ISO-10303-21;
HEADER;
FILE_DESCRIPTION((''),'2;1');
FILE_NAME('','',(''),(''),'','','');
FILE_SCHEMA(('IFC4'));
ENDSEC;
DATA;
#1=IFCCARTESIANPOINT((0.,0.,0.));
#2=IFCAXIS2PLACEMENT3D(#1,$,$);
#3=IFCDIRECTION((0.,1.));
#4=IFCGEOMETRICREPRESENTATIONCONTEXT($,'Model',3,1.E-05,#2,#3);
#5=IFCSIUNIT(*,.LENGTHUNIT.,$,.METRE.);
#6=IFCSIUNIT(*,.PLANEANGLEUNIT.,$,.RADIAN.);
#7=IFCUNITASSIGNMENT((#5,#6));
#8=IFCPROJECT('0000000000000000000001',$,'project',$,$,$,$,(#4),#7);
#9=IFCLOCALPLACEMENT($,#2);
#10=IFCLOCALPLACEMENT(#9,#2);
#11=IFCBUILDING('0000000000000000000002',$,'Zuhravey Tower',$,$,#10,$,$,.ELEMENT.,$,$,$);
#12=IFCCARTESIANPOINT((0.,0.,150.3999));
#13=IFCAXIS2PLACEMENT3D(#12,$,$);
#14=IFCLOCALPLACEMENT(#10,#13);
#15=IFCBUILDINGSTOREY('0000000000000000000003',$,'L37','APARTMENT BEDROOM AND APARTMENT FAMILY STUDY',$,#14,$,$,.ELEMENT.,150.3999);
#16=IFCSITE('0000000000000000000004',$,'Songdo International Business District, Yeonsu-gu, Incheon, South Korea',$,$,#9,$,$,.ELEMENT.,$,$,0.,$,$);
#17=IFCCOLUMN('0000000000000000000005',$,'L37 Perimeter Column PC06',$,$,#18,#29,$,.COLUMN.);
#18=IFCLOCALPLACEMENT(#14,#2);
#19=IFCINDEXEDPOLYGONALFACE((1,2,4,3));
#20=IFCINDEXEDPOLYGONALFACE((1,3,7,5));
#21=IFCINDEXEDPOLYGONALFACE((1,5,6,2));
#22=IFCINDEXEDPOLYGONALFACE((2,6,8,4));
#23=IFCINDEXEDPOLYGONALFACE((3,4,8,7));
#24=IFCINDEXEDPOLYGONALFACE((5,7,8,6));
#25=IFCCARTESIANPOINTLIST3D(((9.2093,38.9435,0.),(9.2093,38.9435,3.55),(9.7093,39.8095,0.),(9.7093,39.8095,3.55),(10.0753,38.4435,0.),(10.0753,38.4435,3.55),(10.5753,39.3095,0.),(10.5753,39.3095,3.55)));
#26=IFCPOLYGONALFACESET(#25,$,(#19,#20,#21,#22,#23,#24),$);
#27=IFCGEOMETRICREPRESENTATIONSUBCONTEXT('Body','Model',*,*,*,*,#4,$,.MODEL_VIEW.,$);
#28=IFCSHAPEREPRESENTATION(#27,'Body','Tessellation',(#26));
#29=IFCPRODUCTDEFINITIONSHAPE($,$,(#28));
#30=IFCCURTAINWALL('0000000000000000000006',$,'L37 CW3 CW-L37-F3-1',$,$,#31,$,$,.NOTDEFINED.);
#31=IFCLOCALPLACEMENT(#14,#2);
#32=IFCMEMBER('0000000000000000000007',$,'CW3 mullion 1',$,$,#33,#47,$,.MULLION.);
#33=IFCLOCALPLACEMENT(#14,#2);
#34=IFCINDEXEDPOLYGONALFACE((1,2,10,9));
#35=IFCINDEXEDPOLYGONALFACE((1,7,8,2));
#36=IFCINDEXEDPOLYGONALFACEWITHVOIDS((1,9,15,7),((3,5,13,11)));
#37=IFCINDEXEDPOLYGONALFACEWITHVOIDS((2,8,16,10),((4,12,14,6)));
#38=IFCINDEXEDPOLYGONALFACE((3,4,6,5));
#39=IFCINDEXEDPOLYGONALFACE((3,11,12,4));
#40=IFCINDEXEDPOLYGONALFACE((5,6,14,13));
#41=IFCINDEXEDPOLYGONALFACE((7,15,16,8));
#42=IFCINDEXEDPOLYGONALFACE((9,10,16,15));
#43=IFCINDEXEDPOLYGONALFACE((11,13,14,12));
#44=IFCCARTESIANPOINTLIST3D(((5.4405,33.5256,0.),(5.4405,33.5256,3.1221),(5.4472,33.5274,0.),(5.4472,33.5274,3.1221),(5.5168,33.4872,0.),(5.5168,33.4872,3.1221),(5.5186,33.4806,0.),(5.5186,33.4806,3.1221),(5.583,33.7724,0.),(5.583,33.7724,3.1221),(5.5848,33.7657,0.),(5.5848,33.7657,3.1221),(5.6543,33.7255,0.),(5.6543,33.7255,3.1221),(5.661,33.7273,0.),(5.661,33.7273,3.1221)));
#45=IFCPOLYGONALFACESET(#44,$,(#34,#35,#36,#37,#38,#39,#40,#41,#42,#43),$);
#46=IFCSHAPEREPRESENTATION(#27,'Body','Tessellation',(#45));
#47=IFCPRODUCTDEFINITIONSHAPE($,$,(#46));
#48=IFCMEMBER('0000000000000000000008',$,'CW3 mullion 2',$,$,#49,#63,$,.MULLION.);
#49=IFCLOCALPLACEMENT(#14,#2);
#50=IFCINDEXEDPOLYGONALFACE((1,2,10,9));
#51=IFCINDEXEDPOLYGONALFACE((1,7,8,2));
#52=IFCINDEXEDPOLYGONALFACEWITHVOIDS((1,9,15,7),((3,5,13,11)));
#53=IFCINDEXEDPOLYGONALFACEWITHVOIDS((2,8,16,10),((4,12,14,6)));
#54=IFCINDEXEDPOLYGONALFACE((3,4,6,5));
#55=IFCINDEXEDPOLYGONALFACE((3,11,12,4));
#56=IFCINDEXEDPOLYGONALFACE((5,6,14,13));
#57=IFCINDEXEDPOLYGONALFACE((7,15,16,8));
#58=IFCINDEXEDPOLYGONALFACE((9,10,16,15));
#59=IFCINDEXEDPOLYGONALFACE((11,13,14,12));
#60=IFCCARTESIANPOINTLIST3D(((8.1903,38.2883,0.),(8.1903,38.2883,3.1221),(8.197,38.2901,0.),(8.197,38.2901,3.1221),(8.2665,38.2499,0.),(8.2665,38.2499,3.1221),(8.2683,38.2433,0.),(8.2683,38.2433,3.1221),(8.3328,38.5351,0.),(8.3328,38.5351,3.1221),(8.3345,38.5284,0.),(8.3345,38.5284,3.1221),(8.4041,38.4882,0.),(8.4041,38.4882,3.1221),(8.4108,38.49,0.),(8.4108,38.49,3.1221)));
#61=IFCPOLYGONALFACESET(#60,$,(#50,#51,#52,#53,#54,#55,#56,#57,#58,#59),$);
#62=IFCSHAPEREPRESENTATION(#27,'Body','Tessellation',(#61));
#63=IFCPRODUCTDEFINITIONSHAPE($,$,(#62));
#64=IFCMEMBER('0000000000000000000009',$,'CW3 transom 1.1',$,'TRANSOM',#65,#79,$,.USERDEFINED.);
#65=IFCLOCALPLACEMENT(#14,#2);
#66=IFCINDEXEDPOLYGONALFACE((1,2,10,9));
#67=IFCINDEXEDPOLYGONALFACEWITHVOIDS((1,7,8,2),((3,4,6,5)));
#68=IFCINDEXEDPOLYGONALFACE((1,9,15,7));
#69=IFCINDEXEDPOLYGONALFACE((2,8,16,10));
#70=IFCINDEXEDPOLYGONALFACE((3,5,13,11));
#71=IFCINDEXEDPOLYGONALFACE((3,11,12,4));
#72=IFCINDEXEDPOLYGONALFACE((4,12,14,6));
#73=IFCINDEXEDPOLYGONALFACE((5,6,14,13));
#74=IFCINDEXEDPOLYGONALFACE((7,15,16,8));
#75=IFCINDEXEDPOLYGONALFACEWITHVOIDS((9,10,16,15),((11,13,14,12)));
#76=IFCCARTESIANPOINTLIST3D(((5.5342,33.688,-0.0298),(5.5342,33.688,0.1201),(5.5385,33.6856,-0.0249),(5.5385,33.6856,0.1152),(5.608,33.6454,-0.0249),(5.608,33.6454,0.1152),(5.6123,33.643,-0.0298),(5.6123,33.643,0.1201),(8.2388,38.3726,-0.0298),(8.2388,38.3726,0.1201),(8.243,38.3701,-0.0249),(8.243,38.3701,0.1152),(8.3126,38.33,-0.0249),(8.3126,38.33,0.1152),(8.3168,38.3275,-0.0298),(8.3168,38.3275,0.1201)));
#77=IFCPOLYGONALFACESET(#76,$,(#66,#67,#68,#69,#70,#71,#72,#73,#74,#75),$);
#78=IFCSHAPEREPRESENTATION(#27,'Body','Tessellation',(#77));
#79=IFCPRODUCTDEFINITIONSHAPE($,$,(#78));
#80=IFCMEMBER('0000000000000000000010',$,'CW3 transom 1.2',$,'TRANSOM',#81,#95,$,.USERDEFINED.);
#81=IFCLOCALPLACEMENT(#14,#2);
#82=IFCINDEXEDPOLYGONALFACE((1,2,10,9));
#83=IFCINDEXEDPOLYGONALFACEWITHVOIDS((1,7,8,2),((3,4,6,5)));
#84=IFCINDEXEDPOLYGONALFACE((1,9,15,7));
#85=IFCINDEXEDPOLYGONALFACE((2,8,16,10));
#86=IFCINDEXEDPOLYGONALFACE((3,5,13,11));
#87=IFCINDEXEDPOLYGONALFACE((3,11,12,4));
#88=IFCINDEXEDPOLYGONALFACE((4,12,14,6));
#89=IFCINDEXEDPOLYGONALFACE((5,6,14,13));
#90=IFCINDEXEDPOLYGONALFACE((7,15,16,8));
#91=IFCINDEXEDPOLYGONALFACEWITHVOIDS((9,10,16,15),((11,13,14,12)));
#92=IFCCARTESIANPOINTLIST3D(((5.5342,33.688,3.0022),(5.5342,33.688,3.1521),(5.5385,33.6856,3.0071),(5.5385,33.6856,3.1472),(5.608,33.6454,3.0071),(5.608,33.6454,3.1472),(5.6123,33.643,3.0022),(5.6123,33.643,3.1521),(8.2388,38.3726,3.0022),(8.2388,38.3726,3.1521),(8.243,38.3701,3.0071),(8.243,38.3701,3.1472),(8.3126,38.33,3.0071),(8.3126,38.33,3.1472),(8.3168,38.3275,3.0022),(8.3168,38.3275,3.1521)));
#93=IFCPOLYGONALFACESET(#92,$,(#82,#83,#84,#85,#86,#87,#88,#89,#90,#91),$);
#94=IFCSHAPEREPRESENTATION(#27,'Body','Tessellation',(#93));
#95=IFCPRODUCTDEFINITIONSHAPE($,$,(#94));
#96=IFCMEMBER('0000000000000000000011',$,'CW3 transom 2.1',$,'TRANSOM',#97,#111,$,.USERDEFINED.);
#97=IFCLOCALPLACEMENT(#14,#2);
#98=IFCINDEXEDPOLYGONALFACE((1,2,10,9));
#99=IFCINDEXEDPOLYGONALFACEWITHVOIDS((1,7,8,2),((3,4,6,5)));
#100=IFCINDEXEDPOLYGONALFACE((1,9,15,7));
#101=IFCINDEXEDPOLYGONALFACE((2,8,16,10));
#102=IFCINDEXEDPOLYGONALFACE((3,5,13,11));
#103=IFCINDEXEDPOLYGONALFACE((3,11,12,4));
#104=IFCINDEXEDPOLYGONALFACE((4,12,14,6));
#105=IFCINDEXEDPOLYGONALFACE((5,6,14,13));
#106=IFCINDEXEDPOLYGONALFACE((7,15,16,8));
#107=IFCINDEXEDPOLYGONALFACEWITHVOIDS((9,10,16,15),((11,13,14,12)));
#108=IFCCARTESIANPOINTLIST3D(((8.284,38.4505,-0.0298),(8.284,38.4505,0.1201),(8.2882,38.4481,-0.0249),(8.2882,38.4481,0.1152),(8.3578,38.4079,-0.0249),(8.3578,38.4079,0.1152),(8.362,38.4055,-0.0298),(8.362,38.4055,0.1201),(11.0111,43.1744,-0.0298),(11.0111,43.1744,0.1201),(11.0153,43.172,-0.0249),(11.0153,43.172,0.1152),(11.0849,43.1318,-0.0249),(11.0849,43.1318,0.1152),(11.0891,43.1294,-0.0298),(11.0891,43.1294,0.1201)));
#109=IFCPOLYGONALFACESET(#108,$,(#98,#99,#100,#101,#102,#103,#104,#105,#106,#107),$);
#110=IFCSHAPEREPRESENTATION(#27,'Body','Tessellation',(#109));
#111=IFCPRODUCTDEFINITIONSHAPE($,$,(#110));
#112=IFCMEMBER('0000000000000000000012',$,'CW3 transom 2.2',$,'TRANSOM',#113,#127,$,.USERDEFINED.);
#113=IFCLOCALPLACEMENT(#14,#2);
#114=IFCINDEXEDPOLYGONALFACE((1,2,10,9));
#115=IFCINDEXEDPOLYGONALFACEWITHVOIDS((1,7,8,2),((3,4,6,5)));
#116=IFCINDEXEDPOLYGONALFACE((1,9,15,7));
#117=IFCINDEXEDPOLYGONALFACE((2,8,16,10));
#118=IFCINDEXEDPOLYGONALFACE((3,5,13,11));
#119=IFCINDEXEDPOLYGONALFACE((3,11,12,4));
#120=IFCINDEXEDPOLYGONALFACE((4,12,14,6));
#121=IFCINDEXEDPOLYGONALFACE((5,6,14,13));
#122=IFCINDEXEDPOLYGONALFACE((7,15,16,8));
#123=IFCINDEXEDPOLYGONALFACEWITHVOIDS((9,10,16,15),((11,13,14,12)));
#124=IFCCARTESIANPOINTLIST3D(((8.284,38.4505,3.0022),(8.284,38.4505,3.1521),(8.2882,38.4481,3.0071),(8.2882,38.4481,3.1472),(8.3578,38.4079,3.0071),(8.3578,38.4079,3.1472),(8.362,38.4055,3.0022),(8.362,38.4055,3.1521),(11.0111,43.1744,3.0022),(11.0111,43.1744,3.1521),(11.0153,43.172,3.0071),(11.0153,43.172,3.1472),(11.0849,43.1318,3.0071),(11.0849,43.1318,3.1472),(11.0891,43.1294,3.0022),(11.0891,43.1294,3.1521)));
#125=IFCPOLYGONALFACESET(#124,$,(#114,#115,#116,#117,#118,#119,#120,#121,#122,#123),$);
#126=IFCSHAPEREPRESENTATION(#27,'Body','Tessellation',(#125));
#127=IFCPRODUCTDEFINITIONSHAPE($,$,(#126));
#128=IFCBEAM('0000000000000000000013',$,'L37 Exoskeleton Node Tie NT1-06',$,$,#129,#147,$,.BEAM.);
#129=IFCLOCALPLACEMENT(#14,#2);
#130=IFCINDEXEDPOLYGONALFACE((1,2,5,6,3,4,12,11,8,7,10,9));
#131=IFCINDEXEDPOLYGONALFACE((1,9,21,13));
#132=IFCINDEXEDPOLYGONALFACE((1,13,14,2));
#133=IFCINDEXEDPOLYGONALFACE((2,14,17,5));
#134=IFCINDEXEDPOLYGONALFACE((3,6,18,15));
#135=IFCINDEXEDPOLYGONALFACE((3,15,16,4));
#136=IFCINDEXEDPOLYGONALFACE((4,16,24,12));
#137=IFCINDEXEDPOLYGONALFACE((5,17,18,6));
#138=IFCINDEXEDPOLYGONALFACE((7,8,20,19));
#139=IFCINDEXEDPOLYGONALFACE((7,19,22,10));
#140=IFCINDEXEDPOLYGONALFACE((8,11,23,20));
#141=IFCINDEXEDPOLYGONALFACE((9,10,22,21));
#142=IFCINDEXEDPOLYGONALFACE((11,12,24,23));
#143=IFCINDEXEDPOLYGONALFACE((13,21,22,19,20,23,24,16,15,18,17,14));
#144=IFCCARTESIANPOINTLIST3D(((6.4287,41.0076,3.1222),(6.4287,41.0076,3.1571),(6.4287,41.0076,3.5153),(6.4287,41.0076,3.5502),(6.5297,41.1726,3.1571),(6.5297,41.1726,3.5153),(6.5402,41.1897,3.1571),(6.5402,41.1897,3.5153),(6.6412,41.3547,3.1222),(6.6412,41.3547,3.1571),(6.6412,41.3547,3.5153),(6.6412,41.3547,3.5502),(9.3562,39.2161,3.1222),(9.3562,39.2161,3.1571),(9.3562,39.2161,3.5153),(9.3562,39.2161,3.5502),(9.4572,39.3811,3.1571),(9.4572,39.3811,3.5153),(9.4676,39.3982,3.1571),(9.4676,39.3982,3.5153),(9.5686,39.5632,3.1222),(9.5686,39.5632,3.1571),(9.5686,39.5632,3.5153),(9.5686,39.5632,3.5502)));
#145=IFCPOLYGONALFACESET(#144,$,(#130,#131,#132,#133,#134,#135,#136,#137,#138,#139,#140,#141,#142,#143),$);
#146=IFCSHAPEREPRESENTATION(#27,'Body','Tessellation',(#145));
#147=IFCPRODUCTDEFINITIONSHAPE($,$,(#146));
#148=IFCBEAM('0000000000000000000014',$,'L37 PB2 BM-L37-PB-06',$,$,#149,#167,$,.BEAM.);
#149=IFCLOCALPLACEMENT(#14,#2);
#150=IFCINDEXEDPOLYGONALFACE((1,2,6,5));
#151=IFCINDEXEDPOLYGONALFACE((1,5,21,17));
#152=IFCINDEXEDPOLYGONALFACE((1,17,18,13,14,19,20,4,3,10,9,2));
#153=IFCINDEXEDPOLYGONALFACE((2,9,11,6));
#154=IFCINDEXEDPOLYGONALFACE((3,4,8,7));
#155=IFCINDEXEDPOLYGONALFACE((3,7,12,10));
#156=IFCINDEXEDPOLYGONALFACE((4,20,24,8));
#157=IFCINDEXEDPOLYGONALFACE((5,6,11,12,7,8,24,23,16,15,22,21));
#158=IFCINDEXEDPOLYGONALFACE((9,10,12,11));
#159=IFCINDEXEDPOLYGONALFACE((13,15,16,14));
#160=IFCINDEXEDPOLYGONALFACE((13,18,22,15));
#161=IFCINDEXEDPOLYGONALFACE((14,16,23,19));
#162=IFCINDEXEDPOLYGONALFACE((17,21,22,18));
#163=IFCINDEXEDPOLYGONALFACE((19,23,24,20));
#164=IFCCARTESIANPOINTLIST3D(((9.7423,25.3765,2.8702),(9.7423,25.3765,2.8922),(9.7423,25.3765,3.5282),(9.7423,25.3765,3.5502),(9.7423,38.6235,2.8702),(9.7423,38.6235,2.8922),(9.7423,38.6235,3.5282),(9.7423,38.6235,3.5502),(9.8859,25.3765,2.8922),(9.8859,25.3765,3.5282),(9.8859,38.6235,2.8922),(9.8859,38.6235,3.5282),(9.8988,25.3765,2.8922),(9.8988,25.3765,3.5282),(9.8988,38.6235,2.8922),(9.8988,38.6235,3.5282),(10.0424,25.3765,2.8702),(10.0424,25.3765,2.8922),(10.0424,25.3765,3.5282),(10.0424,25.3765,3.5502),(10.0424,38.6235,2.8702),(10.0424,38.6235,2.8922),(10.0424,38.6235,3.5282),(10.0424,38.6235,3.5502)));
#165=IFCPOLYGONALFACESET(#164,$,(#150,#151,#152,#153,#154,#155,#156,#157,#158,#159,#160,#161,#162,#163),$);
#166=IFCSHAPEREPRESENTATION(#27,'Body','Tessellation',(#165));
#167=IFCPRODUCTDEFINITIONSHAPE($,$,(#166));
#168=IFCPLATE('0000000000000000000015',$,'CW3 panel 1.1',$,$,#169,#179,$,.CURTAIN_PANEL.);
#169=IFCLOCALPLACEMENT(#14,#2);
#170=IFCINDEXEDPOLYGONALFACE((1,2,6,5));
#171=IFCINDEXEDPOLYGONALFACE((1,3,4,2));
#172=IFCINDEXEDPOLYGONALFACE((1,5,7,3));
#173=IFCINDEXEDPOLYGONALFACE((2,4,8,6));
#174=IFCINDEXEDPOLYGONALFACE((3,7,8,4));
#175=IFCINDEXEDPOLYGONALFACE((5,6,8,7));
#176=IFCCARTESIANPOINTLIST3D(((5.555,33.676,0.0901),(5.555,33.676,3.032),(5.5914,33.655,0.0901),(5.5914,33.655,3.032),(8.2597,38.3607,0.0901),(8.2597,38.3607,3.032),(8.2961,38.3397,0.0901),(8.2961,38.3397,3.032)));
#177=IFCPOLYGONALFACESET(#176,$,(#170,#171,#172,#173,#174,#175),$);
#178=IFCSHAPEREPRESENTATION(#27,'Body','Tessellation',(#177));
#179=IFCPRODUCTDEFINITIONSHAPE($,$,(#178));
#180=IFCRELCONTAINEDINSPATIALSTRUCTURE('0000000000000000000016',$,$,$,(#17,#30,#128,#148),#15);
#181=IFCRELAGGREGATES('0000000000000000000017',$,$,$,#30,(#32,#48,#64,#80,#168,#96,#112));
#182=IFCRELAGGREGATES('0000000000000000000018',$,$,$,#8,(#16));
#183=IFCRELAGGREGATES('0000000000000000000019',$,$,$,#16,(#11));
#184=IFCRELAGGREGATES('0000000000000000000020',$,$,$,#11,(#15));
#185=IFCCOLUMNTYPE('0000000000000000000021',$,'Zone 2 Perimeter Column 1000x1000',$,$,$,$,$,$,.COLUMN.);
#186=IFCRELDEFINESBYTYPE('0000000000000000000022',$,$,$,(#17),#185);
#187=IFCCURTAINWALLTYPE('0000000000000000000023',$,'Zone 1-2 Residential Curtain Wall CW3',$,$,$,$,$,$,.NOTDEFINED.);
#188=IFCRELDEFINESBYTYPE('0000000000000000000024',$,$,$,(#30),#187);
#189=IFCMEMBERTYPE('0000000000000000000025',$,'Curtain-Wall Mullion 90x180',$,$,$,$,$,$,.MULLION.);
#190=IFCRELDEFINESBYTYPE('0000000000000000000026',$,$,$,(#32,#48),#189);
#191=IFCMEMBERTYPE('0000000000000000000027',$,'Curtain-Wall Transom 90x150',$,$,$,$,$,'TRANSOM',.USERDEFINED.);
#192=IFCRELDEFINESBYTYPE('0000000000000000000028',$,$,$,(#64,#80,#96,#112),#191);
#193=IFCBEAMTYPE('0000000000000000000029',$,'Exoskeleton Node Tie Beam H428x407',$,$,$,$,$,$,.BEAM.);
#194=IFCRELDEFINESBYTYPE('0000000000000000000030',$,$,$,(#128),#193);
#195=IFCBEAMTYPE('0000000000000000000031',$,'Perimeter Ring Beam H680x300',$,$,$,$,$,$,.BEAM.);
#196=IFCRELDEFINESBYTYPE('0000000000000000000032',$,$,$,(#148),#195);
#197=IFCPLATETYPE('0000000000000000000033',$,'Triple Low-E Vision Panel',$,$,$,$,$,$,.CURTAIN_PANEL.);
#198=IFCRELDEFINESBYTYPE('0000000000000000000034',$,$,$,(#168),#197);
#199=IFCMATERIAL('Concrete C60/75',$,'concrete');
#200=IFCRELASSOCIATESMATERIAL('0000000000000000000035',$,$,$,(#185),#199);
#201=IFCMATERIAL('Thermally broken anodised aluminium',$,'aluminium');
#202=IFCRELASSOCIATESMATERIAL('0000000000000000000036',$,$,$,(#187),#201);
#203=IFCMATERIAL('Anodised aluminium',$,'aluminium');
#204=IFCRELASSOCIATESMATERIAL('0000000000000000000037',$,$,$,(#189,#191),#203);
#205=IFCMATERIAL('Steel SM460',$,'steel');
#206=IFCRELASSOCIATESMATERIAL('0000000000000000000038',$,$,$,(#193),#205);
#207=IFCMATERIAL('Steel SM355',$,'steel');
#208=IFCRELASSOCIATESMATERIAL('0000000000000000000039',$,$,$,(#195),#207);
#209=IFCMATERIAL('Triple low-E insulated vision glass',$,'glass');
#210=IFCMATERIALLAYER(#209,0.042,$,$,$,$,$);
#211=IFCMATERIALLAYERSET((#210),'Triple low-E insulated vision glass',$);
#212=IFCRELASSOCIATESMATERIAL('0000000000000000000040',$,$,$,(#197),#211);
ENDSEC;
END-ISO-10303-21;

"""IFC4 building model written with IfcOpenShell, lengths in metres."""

from ifc_helpers import new_model, si_unit, direction, frame, origin, origin_2d, place, context, subcontext, project, spatial, rectangle, hollow_rectangle, i_section, extrude, material, layer, layer_set, material_profile, profile_set, type_object, element, aggregate, save


model = new_model("IFC4")

# Units and contexts
model_context = context("Model", 3, precision=1e-05, world=origin(), true_north=direction((0.0, 1.0)))
body_context = subcontext(model_context, "Body", "Model", "MODEL_VIEW")
ifc_project = project(units=[si_unit("LENGTHUNIT", "METRE"), si_unit("PLANEANGLEUNIT", "RADIAN")], contexts=[model_context])

# Site, building, storey
site_placement = place(None, origin())
site = spatial("IfcSite", under=ifc_project, at=site_placement, Name="Songdo International Business District, Yeonsu-gu, Incheon, South Korea", CompositionType="ELEMENT", RefElevation=0.0)
building_placement = place(site_placement, origin())
building = spatial("IfcBuilding", under=site, at=building_placement, Name="Zuhravey Tower", CompositionType="ELEMENT")
storey_placement = place(building_placement, frame((0.0, 0.0, 150.3999)))
storey = spatial("IfcBuildingStorey", under=building, at=storey_placement, Name="L37", Description="APARTMENT BEDROOM AND APARTMENT FAMILY STUDY", CompositionType="ELEMENT", Elevation=150.3999)

# Column
ifc_material_1 = material(Name="Concrete C60/75", Category="concrete")
ifc_material_profile_1 = material_profile(ifc_material_1, rectangle(XDim=1.0, YDim=1.0, at=origin_2d()), Name="RC-1000x1000")
ifc_profile_set_1 = profile_set([ifc_material_profile_1], Name="Concrete C60/75")
column_type = type_object("IfcColumnType", Name="Zone 2 Perimeter Column 1000x1000", PredefinedType="COLUMN", material=ifc_profile_set_1)
column_placement = place(storey_placement, frame((9.8923, 39.1265, 0.0), z_axis=(0.0, 0.0, 1.0), x_axis=(-0.5, -0.866025, 0.0)))
element("IfcColumn", 1, at=column_placement, inside=storey, type_object=column_type, Name="L37 Perimeter Column PC06", PredefinedType="COLUMN", context=body_context, shape_type="SweptSolid", body=[
    extrude(rectangle(XDim=1.0, YDim=1.0, at=origin_2d()), origin(), (0.0, 0.0, 1.0), 3.55),
])

# Curtain wall, members
ifc_material_2 = material(Name="Thermally broken anodised aluminium", Category="aluminium")
curtain_wall_type = type_object("IfcCurtainWallType", Name="Zone 1-2 Residential Curtain Wall CW3", PredefinedType="NOTDEFINED", material=ifc_material_2)
curtain_wall_placement = place(storey_placement, origin())
curtain_wall = element("IfcCurtainWall", 2, at=curtain_wall_placement, inside=storey, type_object=curtain_wall_type, Name="L37 CW3 CW-L37-F3-1", PredefinedType="NOTDEFINED")
ifc_material_3 = material(Name="Anodised aluminium", Category="aluminium")
ifc_material_profile_2 = material_profile(ifc_material_3, hollow_rectangle(XDim=0.0901, YDim=0.2849, WallThickness=0.0049, at=origin_2d()), Name="ALU-RHS-90x285x5")
ifc_profile_set_2 = profile_set([ifc_material_profile_2], Name="Anodised aluminium")
member_type_1 = type_object("IfcMemberType", Name="Curtain-Wall Mullion 90x180", PredefinedType="MULLION", material=ifc_profile_set_2)
member_1_placement = place(storey_placement, frame((5.5508, 33.6265, 0.0), z_axis=(0.0, 0.0, 1.0), x_axis=(-0.866025, 0.5, 0.0)))
member_1 = element("IfcMember", 3, at=member_1_placement, type_object=member_type_1, Name="CW3 mullion 1", PredefinedType="MULLION", context=body_context, shape_type="SweptSolid", body=[
    extrude(hollow_rectangle(XDim=0.0901, YDim=0.2849, WallThickness=0.0049, at=origin_2d()), origin(), (0.0, 0.0, 1.0), 3.1221),
])
member_2_placement = place(storey_placement, frame((8.3005, 38.3892, 0.0), z_axis=(0.0, 0.0, 1.0), x_axis=(-0.866025, 0.5, 0.0)))
member_2 = element("IfcMember", 4, at=member_2_placement, type_object=member_type_1, Name="CW3 mullion 2", PredefinedType="MULLION", context=body_context, shape_type="SweptSolid", body=[
    extrude(hollow_rectangle(XDim=0.0901, YDim=0.2849, WallThickness=0.0049, at=origin_2d()), origin(), (0.0, 0.0, 1.0), 3.1221),
])
ifc_material_profile_3 = material_profile(ifc_material_3, hollow_rectangle(XDim=0.0901, YDim=0.1499, WallThickness=0.0049, at=origin_2d()), Name="ALU-RHS-90x150x5")
ifc_profile_set_3 = profile_set([ifc_material_profile_3], Name="Anodised aluminium")
member_type_2 = type_object("IfcMemberType", Name="Curtain-Wall Transom 90x150", ElementType="TRANSOM", PredefinedType="USERDEFINED", material=ifc_profile_set_3)
member_3_placement = place(storey_placement, frame((5.5732, 33.6655, 0.0452), z_axis=(0.499993, 0.866029, 0.0), x_axis=(-0.866029, 0.499993, 0.0)))
member_3 = element("IfcMember", 5, at=member_3_placement, type_object=member_type_2, Name="CW3 transom 1.1", ObjectType="TRANSOM", PredefinedType="USERDEFINED", context=body_context, shape_type="SweptSolid", body=[
    extrude(hollow_rectangle(XDim=0.0901, YDim=0.1499, WallThickness=0.0049, at=origin_2d()), origin(), (0.0, 0.0, 1.0), 5.4092),
])
member_4_placement = place(storey_placement, frame((5.5732, 33.6655, 3.0771), z_axis=(0.499993, 0.866029, 0.0), x_axis=(-0.866029, 0.499993, 0.0)))
member_4 = element("IfcMember", 6, at=member_4_placement, type_object=member_type_2, Name="CW3 transom 1.2", ObjectType="TRANSOM", PredefinedType="USERDEFINED", context=body_context, shape_type="SweptSolid", body=[
    extrude(hollow_rectangle(XDim=0.0901, YDim=0.1499, WallThickness=0.0049, at=origin_2d()), origin(), (0.0, 0.0, 1.0), 5.4092),
])
member_5_placement = place(storey_placement, frame((8.323, 38.428, 0.0452), z_axis=(0.499961, 0.866048, 0.0), x_axis=(-0.866048, 0.499961, 0.0)))
member_5 = element("IfcMember", 7, at=member_5_placement, type_object=member_type_2, Name="CW3 transom 2.1", ObjectType="TRANSOM", PredefinedType="USERDEFINED", context=body_context, shape_type="SweptSolid", body=[
    extrude(hollow_rectangle(XDim=0.0901, YDim=0.1499, WallThickness=0.0049, at=origin_2d()), origin(), (0.0, 0.0, 1.0), 5.4546),
])
member_6_placement = place(storey_placement, frame((8.323, 38.428, 3.0771), z_axis=(0.499961, 0.866048, 0.0), x_axis=(-0.866048, 0.499961, 0.0)))
member_6 = element("IfcMember", 8, at=member_6_placement, type_object=member_type_2, Name="CW3 transom 2.2", ObjectType="TRANSOM", PredefinedType="USERDEFINED", context=body_context, shape_type="SweptSolid", body=[
    extrude(hollow_rectangle(XDim=0.0901, YDim=0.1499, WallThickness=0.0049, at=origin_2d()), origin(), (0.0, 0.0, 1.0), 5.4546),
])

# Beams
ifc_material_4 = material(Name="Steel SM460", Category="steel")
ifc_material_profile_4 = material_profile(ifc_material_4, i_section(OverallWidth=0.407, OverallDepth=0.428, WebThickness=0.02, FlangeThickness=0.0349, at=origin_2d()), Name="H-428x407x20x35")
ifc_profile_set_4 = profile_set([ifc_material_profile_4], Name="Steel SM460")
beam_type_1 = type_object("IfcBeamType", Name="Exoskeleton Node Tie Beam H428x407", PredefinedType="BEAM", material=ifc_profile_set_4)
beam_1_placement = place(storey_placement, frame((9.4624, 39.3896, 3.3362), z_axis=(-0.85296, 0.521976, 0.0), x_axis=(-0.521976, -0.85296, 0.0)))
element("IfcBeam", 9, at=beam_1_placement, inside=storey, type_object=beam_type_1, Name="L37 Exoskeleton Node Tie NT1-06", PredefinedType="BEAM", context=body_context, shape_type="SweptSolid", body=[
    extrude(i_section(OverallWidth=0.407, OverallDepth=0.428, WebThickness=0.02, FlangeThickness=0.0349, at=origin_2d()), origin(), (0.0, 0.0, 1.0), 3.4321),
])
ifc_material_5 = material(Name="Steel SM355", Category="steel")
ifc_material_profile_5 = material_profile(ifc_material_5, i_section(OverallWidth=0.3, OverallDepth=0.6799, WebThickness=0.0129, FlangeThickness=0.022, at=origin_2d()), Name="H-680x300x13x22")
ifc_profile_set_5 = profile_set([ifc_material_profile_5], Name="Steel SM355")
beam_type_2 = type_object("IfcBeamType", Name="Perimeter Ring Beam H680x300", PredefinedType="BEAM", material=ifc_profile_set_5)
beam_2_placement = place(storey_placement, frame((9.8923, 38.6235, 3.2102), z_axis=(0.0, -1.0, 0.0), x_axis=(1.0, 0.0, 0.0)))
element("IfcBeam", 10, at=beam_2_placement, inside=storey, type_object=beam_type_2, Name="L37 PB2 BM-L37-PB-06", PredefinedType="BEAM", context=body_context, shape_type="SweptSolid", body=[
    extrude(i_section(OverallWidth=0.3, OverallDepth=0.6799, WebThickness=0.0129, FlangeThickness=0.022, at=origin_2d()), origin(), (0.0, 0.0, 1.0), 13.2471),
])

# Plate
ifc_material_6 = material(Name="Triple low-E insulated vision glass", Category="glass")
ifc_layer_1 = layer(ifc_material_6, 0.042)
ifc_layer_set_1 = layer_set([ifc_layer_1], Name="Triple low-E insulated vision glass")
plate_type = type_object("IfcPlateType", Name="Triple Low-E Vision Panel", PredefinedType="CURTAIN_PANEL", material=ifc_layer_set_1)
plate_1_placement = place(storey_placement, frame((6.9255, 36.0078, 0.0901), z_axis=(0.0, 0.0, 1.0), x_axis=(0.5, 0.866025, 0.0)))
plate_1 = element("IfcPlate", 11, at=plate_1_placement, type_object=plate_type, Name="CW3 panel 1.1", PredefinedType="CURTAIN_PANEL", context=body_context, shape_type="SweptSolid", body=[
    extrude(rectangle(XDim=5.4094, YDim=0.042, at=origin_2d()), origin(), (0.0, 0.0, 1.0), 2.9419),
])
aggregate(curtain_wall, [member_1, member_2, member_3, member_4, plate_1, member_5, member_6])

save(model, "model.ifc")
